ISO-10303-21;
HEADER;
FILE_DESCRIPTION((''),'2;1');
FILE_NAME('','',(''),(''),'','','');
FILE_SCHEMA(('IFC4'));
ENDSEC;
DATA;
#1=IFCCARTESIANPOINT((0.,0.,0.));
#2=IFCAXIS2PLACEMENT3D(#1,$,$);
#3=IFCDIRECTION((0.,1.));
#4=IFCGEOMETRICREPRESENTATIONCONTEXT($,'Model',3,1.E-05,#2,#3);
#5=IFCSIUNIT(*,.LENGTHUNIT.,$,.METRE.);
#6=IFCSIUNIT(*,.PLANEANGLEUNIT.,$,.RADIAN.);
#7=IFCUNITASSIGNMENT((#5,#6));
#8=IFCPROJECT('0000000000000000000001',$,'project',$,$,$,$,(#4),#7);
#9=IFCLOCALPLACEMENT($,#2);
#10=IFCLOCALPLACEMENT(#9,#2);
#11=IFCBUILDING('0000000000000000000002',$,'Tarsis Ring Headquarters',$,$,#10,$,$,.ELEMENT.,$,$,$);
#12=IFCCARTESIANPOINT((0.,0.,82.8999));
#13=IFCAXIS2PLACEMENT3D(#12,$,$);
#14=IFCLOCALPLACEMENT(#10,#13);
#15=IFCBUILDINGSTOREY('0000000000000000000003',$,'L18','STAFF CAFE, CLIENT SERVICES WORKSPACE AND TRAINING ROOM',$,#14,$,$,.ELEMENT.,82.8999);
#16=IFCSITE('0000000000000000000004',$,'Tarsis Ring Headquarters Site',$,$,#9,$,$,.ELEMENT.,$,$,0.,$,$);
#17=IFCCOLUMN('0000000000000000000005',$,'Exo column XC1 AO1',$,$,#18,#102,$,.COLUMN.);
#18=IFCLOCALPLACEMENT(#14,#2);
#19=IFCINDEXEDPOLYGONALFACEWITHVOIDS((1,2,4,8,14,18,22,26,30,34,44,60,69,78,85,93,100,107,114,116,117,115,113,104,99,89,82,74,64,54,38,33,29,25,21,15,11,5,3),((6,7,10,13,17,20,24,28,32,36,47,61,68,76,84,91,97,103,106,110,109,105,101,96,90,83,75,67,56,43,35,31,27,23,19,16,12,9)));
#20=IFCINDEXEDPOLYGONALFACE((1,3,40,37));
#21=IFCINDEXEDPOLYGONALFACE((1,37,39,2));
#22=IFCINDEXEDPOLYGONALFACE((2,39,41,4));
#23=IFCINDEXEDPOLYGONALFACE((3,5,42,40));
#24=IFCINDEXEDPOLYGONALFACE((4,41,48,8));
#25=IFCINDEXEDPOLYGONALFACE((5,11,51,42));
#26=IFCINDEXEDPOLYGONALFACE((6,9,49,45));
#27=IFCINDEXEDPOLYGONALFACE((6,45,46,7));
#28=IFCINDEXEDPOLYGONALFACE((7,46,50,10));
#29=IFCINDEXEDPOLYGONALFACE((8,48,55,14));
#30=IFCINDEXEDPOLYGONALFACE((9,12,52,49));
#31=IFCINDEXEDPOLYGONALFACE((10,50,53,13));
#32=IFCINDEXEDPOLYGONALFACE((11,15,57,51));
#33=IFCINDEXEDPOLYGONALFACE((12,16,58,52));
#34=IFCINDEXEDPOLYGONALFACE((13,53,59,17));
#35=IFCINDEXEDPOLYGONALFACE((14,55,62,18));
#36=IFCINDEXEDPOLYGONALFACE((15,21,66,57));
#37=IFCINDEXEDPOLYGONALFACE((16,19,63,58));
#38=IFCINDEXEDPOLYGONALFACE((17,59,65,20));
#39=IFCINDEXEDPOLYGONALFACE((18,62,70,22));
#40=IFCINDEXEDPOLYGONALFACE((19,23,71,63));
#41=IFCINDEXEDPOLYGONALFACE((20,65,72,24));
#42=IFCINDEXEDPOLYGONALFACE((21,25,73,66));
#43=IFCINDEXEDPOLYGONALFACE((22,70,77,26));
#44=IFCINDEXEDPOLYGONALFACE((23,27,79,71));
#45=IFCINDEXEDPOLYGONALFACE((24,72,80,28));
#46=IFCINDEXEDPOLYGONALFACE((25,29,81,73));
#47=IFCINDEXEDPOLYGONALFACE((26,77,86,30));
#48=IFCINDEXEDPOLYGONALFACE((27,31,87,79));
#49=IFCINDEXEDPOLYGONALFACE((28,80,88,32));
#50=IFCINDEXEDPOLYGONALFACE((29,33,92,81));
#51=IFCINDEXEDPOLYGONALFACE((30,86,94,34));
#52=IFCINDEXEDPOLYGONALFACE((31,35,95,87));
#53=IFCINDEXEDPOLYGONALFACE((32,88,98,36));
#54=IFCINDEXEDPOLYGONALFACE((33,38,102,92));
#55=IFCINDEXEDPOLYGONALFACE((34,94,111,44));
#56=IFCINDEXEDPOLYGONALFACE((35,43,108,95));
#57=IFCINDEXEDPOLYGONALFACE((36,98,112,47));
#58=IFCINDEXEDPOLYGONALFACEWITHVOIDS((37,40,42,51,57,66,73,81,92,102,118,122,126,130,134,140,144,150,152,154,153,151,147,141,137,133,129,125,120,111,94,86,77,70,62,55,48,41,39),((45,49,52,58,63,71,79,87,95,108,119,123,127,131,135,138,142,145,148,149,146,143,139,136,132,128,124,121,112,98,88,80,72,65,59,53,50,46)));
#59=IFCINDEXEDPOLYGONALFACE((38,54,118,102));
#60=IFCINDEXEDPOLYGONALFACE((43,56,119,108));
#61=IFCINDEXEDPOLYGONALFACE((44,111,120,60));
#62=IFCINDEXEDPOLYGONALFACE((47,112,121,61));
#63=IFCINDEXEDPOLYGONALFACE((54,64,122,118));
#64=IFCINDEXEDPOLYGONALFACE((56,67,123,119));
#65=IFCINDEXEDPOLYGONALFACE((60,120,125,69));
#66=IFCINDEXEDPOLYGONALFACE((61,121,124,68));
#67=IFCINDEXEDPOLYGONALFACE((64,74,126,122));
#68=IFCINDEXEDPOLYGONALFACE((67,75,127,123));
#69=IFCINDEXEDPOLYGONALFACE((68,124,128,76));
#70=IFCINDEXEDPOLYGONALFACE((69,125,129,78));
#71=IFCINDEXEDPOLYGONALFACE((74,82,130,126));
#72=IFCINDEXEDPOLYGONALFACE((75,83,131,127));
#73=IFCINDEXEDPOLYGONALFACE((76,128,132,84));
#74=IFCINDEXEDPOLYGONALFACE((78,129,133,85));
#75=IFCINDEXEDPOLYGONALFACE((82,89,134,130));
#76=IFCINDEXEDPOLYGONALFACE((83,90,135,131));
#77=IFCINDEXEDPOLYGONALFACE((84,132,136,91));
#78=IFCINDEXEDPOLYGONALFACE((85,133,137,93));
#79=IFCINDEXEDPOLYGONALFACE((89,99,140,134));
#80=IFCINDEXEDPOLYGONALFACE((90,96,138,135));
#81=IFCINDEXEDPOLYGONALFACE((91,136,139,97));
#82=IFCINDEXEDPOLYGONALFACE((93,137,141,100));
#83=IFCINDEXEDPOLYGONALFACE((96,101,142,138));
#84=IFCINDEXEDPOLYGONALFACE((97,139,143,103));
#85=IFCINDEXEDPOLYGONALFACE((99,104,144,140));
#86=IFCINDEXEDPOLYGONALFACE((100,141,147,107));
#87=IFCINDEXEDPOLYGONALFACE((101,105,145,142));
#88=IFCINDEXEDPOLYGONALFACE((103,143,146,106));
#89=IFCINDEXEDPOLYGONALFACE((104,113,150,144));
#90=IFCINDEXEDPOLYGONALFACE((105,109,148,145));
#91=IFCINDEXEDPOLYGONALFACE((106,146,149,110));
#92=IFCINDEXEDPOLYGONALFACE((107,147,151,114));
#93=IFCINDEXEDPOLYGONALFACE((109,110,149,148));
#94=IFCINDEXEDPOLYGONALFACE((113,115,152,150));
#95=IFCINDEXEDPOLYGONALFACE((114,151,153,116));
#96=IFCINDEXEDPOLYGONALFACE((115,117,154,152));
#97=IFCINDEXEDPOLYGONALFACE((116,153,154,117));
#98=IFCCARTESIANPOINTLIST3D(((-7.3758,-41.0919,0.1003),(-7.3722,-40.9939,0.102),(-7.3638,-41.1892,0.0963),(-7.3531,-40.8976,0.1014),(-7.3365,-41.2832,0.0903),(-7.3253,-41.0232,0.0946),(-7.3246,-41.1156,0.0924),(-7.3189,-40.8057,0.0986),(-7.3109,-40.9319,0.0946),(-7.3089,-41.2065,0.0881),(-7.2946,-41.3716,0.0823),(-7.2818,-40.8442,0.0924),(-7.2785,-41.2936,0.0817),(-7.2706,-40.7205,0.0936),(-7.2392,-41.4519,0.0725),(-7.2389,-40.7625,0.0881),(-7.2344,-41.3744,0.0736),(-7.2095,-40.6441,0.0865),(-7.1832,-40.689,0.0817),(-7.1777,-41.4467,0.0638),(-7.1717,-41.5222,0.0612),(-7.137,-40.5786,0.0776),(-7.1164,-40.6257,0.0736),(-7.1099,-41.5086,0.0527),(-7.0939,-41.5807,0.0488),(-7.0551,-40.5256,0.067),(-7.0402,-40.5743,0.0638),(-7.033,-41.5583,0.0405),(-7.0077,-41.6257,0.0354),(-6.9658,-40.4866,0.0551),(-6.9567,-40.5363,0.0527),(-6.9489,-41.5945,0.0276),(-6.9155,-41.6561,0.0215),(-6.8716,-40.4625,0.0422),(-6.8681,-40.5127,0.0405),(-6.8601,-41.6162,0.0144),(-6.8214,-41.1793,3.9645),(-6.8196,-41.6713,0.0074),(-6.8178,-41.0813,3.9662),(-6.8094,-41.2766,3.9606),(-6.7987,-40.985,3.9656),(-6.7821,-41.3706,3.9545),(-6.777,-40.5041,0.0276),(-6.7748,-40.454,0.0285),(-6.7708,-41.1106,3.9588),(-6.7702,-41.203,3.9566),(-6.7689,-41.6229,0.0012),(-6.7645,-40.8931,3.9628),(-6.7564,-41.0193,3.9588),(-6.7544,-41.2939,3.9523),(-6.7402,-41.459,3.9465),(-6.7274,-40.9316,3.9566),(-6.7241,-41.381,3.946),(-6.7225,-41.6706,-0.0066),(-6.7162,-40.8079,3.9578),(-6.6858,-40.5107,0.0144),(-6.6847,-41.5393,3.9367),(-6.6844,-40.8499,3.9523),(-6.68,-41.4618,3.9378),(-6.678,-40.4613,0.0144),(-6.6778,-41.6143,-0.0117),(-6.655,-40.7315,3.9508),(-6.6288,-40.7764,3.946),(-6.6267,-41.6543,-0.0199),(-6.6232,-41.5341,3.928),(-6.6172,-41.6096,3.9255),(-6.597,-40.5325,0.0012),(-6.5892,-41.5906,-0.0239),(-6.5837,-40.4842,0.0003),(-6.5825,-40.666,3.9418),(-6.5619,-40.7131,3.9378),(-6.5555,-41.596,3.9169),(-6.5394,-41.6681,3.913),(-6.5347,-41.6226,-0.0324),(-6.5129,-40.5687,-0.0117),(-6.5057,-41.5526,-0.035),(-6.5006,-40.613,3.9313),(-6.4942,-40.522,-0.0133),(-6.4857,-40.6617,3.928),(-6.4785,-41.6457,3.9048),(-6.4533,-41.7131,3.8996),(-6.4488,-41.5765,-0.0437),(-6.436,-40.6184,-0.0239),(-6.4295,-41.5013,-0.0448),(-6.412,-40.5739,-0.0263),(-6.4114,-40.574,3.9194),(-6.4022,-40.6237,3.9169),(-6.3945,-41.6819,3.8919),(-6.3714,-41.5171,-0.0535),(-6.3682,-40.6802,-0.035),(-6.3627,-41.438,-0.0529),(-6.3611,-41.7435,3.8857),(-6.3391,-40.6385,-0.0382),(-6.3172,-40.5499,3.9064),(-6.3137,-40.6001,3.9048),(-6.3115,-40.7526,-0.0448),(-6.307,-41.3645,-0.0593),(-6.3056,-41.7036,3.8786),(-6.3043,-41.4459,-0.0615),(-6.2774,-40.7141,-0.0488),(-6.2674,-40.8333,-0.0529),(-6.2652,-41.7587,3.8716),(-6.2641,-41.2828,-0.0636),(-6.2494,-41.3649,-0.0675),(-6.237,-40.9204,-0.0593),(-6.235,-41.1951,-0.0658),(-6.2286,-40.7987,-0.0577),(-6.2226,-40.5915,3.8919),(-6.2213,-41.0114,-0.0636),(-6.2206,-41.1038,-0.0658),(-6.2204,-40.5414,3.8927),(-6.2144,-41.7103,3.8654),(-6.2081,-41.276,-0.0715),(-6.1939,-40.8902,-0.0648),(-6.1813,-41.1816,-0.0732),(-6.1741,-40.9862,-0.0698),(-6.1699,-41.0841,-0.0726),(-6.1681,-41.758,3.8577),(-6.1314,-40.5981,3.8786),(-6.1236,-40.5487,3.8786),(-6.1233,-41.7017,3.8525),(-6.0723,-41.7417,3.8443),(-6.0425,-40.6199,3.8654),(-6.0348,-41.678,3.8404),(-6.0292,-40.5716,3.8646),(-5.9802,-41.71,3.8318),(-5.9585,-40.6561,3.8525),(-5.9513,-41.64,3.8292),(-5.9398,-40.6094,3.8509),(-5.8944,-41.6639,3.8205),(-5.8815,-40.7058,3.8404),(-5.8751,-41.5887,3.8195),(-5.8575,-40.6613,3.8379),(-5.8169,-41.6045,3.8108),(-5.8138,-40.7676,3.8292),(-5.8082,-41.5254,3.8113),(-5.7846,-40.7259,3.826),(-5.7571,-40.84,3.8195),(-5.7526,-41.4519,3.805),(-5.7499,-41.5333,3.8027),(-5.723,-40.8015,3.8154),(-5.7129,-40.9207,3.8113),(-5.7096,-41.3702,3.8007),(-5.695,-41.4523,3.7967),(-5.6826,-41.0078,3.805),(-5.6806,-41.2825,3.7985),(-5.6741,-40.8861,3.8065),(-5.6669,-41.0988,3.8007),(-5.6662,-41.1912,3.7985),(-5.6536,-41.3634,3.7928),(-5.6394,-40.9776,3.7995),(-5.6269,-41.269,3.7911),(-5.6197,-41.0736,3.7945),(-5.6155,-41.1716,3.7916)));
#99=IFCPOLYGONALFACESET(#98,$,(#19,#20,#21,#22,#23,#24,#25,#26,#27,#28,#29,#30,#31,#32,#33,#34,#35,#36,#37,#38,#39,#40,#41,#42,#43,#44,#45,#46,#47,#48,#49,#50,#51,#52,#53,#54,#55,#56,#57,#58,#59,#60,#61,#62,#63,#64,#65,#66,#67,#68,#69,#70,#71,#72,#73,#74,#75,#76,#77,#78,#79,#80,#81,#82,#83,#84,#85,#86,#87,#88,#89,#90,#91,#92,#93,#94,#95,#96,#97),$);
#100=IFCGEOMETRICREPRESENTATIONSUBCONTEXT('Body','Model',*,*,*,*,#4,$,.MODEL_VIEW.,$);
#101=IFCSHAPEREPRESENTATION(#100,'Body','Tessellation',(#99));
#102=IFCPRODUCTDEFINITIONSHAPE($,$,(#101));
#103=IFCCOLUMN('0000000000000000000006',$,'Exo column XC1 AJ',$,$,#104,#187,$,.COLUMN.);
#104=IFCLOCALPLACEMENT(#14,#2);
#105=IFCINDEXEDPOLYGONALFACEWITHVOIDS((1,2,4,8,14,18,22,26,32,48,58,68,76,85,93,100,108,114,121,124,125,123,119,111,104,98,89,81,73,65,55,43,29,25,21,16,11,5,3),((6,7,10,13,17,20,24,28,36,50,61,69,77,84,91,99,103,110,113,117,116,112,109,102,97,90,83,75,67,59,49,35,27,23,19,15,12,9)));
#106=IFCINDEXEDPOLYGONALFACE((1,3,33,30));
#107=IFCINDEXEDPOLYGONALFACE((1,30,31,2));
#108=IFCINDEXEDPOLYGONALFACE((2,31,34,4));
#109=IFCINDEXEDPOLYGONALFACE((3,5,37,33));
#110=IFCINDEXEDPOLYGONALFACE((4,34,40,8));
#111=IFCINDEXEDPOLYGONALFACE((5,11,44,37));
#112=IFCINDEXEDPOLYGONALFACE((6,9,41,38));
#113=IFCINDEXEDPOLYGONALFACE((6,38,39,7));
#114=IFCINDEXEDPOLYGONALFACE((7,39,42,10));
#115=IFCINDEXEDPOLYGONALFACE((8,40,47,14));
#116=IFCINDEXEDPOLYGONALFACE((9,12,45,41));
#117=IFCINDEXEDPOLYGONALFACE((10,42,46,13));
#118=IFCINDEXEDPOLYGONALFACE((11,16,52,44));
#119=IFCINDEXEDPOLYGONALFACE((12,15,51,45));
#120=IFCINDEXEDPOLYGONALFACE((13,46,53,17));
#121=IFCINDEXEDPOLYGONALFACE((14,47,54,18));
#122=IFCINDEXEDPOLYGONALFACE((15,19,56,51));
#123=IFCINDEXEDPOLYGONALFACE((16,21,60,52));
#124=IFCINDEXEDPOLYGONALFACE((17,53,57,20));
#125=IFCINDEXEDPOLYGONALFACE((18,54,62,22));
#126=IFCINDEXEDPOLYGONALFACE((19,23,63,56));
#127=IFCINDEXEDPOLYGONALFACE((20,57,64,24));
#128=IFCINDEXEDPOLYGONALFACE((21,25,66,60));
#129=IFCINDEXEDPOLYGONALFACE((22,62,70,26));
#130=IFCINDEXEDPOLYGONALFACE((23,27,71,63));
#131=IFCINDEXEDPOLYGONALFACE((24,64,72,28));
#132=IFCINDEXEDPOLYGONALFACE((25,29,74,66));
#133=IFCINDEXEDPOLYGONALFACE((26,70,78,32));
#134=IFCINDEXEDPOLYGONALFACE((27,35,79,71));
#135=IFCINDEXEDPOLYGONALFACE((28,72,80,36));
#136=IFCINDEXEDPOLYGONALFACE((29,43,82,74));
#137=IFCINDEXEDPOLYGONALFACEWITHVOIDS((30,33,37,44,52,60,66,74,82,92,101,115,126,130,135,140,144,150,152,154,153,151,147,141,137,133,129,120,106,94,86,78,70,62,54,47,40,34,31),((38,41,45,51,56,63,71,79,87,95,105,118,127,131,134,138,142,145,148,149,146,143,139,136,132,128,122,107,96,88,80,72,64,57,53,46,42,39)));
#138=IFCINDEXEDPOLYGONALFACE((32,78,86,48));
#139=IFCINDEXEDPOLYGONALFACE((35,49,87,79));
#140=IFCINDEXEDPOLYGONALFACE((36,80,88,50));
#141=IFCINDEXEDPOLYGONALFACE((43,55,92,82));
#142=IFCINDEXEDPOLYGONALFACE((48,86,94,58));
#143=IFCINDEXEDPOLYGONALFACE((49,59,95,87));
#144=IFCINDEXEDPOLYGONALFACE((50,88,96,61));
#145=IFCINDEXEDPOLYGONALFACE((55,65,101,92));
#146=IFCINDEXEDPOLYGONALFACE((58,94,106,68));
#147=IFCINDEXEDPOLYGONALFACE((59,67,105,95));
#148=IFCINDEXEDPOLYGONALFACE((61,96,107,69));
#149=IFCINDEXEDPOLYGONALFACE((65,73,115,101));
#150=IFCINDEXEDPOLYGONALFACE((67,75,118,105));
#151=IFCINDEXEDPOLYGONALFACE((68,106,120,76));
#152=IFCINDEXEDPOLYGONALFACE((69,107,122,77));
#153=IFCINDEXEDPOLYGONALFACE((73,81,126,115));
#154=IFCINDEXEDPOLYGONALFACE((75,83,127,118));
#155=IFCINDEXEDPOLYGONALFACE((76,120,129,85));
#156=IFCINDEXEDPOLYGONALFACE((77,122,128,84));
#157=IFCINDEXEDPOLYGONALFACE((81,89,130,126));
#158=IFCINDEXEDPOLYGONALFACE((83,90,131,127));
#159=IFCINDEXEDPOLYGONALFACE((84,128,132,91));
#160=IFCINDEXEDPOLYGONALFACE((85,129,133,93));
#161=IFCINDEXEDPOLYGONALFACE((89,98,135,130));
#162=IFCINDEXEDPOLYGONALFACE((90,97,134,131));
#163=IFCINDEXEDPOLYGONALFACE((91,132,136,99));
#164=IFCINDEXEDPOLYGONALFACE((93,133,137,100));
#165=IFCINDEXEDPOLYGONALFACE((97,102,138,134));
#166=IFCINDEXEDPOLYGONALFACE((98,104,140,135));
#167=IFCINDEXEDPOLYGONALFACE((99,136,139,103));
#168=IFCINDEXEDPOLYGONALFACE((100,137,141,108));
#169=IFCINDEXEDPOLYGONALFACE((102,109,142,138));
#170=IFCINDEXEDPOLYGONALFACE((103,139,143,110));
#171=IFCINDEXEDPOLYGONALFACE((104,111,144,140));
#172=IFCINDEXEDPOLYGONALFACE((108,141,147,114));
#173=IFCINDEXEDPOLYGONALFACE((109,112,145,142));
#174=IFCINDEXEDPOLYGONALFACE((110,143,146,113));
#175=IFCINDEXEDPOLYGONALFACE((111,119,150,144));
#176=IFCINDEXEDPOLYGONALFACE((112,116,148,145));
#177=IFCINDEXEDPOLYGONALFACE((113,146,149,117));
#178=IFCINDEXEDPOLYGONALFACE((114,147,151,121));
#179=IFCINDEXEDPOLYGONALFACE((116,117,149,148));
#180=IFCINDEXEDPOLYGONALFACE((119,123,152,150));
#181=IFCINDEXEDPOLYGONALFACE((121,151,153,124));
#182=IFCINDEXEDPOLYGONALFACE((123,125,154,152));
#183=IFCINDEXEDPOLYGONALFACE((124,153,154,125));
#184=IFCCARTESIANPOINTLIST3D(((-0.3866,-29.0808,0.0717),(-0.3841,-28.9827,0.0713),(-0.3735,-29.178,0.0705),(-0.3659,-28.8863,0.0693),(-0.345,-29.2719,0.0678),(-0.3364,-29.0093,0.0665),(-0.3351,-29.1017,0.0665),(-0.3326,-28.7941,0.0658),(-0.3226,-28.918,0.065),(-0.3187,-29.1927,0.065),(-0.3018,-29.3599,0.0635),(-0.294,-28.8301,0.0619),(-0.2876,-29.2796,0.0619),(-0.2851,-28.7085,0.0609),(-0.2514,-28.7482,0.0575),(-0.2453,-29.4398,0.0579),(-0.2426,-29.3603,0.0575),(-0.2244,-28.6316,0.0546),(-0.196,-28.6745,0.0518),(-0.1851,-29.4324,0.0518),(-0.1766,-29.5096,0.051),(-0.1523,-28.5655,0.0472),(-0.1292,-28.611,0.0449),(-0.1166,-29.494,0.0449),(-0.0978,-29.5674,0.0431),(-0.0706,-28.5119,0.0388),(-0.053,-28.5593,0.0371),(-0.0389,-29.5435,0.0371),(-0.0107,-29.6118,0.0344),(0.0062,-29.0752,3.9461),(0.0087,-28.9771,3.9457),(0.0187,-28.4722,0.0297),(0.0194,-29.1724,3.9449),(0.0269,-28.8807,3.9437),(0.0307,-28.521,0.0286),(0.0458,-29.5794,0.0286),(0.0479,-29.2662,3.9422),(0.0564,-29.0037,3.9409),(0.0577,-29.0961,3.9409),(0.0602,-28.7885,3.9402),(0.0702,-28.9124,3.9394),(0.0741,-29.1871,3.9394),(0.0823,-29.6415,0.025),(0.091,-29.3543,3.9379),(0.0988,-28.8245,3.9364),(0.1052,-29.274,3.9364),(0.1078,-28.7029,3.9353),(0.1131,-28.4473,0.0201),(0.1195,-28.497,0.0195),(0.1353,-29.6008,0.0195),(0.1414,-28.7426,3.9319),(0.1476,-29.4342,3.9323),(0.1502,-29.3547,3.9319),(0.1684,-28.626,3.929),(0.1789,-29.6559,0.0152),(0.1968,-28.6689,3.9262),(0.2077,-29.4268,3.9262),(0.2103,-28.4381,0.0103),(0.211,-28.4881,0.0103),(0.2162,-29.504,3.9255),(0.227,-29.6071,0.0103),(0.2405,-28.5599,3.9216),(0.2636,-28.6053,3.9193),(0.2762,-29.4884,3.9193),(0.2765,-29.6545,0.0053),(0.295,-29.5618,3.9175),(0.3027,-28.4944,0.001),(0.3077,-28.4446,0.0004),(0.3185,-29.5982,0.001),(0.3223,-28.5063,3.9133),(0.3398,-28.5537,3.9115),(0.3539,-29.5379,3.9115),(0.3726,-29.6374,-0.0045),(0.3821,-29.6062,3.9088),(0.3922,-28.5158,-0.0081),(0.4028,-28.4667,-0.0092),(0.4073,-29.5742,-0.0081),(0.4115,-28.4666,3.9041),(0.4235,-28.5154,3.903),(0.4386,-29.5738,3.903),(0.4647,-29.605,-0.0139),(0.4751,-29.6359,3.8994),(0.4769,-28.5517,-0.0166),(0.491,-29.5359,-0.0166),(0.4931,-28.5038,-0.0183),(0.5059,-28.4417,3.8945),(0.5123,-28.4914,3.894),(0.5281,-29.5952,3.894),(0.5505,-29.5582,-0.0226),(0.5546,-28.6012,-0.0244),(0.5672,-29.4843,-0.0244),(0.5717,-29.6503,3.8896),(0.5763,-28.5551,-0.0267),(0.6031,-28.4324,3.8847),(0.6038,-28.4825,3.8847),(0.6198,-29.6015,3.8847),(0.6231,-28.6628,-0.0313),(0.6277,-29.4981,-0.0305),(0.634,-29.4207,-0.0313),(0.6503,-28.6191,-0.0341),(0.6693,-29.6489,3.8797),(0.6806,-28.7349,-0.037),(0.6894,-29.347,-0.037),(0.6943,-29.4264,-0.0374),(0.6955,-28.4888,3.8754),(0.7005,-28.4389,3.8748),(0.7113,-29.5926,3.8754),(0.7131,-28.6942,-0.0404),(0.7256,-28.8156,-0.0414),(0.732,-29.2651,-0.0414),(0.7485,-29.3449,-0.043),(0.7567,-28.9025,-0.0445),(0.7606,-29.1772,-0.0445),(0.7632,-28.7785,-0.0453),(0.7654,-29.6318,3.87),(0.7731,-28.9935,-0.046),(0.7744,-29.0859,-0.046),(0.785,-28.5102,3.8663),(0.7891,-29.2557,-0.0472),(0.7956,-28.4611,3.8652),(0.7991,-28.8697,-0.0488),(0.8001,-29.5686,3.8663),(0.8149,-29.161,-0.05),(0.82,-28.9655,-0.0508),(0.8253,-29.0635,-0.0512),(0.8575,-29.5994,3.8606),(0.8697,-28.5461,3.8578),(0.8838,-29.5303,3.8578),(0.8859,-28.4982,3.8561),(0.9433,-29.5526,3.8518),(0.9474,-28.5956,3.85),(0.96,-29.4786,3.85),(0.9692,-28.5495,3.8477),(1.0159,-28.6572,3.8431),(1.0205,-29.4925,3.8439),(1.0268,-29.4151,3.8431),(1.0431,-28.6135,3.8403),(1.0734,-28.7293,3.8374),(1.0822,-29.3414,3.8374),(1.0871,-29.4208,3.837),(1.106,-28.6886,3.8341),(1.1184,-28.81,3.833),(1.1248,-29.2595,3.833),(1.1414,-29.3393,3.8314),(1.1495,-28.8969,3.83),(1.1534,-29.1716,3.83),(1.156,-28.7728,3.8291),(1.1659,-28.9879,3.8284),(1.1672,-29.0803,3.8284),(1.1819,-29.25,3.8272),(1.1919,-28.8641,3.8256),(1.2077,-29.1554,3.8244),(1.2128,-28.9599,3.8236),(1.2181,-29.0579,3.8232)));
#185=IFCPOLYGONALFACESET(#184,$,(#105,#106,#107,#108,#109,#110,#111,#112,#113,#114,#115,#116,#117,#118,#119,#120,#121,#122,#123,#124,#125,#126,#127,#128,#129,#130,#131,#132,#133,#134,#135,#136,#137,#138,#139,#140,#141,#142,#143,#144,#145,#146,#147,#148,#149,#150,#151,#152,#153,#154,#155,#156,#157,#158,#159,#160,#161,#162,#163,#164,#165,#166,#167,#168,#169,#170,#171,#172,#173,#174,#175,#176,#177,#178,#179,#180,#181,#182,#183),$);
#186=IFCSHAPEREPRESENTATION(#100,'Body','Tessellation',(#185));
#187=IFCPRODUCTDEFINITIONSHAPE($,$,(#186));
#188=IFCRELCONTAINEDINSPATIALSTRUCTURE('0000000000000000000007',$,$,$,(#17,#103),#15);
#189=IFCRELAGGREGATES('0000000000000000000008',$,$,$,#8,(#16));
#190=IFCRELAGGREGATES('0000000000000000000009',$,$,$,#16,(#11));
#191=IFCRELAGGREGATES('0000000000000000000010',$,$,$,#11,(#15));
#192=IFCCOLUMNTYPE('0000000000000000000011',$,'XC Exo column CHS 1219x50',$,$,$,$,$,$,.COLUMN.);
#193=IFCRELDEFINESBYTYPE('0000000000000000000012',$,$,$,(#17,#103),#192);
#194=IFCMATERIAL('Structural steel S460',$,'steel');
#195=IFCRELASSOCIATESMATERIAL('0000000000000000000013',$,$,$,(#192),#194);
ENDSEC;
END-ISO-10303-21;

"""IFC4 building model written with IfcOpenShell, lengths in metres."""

from ifc_helpers import new_model, si_unit, direction, frame, origin, origin_2d, place, context, subcontext, project, spatial, hollow_circle, extrude, material, material_profile, profile_set, type_object, element, save


model = new_model("IFC4")

# Units and contexts
model_context = context("Model", 3, precision=1e-05, world=origin(), true_north=direction((0.0, 1.0)))
body_context = subcontext(model_context, "Body", "Model", "MODEL_VIEW")
ifc_project = project(units=[si_unit("LENGTHUNIT", "METRE"), si_unit("PLANEANGLEUNIT", "RADIAN")], contexts=[model_context])

# Site, building, storey
site_placement = place(None, origin())
site = spatial("IfcSite", under=ifc_project, at=site_placement, Name="Tarsis Ring Headquarters Site", CompositionType="ELEMENT", RefElevation=0.0)
building_placement = place(site_placement, origin())
building = spatial("IfcBuilding", under=site, at=building_placement, Name="Tarsis Ring Headquarters", CompositionType="ELEMENT")
storey_placement = place(building_placement, frame((0.0, 0.0, 82.8999)))
storey = spatial("IfcBuildingStorey", under=building, at=storey_placement, Name="L18", Description="STAFF CAFE, CLIENT SERVICES WORKSPACE AND TRAINING ROOM", CompositionType="ELEMENT", Elevation=82.8999)

# Columns
ifc_material_1 = material(Name="Structural steel S460", Category="steel")
ifc_material_profile_1 = material_profile(ifc_material_1, hollow_circle(Radius=0.6096, WallThickness=0.05, at=origin_2d()), Name="CHS 1219x50")
ifc_profile_set_1 = profile_set([ifc_material_profile_1], Name="Structural steel S460")
column_type = type_object("IfcColumnType", Name="XC Exo column CHS 1219x50", PredefinedType="COLUMN", material=ifc_profile_set_1)
column_1_placement = place(storey_placement, frame((-6.7729, -41.0635, 0.0144), z_axis=(0.14199, -0.022383, 0.989615), x_axis=(0.155717, 0.987802, 0.0)))
element("IfcColumn", 1, at=column_1_placement, inside=storey, type_object=column_type, Name="Exo column XC1 AO1", PredefinedType="COLUMN", context=body_context, shape_type="SweptSolid", body=[
    extrude(hollow_circle(Radius=0.6096, WallThickness=0.05, at=origin_2d()), origin(), (0.0, 0.0, 1.0), 3.9048),
])
column_2_placement = place(storey_placement, frame((0.219, -29.0476, 0.0103), z_axis=(0.100869, 0.001442, 0.994899), x_axis=(-0.014293, 0.999898, 0.0)))
element("IfcColumn", 2, at=column_2_placement, inside=storey, type_object=column_type, Name="Exo column XC1 AJ", PredefinedType="COLUMN", context=body_context, shape_type="SweptSolid", body=[
    extrude(hollow_circle(Radius=0.6096, WallThickness=0.05, at=origin_2d()), origin(), (0.0, 0.0, 1.0), 3.8943),
])

save(model, "model.ifc")
